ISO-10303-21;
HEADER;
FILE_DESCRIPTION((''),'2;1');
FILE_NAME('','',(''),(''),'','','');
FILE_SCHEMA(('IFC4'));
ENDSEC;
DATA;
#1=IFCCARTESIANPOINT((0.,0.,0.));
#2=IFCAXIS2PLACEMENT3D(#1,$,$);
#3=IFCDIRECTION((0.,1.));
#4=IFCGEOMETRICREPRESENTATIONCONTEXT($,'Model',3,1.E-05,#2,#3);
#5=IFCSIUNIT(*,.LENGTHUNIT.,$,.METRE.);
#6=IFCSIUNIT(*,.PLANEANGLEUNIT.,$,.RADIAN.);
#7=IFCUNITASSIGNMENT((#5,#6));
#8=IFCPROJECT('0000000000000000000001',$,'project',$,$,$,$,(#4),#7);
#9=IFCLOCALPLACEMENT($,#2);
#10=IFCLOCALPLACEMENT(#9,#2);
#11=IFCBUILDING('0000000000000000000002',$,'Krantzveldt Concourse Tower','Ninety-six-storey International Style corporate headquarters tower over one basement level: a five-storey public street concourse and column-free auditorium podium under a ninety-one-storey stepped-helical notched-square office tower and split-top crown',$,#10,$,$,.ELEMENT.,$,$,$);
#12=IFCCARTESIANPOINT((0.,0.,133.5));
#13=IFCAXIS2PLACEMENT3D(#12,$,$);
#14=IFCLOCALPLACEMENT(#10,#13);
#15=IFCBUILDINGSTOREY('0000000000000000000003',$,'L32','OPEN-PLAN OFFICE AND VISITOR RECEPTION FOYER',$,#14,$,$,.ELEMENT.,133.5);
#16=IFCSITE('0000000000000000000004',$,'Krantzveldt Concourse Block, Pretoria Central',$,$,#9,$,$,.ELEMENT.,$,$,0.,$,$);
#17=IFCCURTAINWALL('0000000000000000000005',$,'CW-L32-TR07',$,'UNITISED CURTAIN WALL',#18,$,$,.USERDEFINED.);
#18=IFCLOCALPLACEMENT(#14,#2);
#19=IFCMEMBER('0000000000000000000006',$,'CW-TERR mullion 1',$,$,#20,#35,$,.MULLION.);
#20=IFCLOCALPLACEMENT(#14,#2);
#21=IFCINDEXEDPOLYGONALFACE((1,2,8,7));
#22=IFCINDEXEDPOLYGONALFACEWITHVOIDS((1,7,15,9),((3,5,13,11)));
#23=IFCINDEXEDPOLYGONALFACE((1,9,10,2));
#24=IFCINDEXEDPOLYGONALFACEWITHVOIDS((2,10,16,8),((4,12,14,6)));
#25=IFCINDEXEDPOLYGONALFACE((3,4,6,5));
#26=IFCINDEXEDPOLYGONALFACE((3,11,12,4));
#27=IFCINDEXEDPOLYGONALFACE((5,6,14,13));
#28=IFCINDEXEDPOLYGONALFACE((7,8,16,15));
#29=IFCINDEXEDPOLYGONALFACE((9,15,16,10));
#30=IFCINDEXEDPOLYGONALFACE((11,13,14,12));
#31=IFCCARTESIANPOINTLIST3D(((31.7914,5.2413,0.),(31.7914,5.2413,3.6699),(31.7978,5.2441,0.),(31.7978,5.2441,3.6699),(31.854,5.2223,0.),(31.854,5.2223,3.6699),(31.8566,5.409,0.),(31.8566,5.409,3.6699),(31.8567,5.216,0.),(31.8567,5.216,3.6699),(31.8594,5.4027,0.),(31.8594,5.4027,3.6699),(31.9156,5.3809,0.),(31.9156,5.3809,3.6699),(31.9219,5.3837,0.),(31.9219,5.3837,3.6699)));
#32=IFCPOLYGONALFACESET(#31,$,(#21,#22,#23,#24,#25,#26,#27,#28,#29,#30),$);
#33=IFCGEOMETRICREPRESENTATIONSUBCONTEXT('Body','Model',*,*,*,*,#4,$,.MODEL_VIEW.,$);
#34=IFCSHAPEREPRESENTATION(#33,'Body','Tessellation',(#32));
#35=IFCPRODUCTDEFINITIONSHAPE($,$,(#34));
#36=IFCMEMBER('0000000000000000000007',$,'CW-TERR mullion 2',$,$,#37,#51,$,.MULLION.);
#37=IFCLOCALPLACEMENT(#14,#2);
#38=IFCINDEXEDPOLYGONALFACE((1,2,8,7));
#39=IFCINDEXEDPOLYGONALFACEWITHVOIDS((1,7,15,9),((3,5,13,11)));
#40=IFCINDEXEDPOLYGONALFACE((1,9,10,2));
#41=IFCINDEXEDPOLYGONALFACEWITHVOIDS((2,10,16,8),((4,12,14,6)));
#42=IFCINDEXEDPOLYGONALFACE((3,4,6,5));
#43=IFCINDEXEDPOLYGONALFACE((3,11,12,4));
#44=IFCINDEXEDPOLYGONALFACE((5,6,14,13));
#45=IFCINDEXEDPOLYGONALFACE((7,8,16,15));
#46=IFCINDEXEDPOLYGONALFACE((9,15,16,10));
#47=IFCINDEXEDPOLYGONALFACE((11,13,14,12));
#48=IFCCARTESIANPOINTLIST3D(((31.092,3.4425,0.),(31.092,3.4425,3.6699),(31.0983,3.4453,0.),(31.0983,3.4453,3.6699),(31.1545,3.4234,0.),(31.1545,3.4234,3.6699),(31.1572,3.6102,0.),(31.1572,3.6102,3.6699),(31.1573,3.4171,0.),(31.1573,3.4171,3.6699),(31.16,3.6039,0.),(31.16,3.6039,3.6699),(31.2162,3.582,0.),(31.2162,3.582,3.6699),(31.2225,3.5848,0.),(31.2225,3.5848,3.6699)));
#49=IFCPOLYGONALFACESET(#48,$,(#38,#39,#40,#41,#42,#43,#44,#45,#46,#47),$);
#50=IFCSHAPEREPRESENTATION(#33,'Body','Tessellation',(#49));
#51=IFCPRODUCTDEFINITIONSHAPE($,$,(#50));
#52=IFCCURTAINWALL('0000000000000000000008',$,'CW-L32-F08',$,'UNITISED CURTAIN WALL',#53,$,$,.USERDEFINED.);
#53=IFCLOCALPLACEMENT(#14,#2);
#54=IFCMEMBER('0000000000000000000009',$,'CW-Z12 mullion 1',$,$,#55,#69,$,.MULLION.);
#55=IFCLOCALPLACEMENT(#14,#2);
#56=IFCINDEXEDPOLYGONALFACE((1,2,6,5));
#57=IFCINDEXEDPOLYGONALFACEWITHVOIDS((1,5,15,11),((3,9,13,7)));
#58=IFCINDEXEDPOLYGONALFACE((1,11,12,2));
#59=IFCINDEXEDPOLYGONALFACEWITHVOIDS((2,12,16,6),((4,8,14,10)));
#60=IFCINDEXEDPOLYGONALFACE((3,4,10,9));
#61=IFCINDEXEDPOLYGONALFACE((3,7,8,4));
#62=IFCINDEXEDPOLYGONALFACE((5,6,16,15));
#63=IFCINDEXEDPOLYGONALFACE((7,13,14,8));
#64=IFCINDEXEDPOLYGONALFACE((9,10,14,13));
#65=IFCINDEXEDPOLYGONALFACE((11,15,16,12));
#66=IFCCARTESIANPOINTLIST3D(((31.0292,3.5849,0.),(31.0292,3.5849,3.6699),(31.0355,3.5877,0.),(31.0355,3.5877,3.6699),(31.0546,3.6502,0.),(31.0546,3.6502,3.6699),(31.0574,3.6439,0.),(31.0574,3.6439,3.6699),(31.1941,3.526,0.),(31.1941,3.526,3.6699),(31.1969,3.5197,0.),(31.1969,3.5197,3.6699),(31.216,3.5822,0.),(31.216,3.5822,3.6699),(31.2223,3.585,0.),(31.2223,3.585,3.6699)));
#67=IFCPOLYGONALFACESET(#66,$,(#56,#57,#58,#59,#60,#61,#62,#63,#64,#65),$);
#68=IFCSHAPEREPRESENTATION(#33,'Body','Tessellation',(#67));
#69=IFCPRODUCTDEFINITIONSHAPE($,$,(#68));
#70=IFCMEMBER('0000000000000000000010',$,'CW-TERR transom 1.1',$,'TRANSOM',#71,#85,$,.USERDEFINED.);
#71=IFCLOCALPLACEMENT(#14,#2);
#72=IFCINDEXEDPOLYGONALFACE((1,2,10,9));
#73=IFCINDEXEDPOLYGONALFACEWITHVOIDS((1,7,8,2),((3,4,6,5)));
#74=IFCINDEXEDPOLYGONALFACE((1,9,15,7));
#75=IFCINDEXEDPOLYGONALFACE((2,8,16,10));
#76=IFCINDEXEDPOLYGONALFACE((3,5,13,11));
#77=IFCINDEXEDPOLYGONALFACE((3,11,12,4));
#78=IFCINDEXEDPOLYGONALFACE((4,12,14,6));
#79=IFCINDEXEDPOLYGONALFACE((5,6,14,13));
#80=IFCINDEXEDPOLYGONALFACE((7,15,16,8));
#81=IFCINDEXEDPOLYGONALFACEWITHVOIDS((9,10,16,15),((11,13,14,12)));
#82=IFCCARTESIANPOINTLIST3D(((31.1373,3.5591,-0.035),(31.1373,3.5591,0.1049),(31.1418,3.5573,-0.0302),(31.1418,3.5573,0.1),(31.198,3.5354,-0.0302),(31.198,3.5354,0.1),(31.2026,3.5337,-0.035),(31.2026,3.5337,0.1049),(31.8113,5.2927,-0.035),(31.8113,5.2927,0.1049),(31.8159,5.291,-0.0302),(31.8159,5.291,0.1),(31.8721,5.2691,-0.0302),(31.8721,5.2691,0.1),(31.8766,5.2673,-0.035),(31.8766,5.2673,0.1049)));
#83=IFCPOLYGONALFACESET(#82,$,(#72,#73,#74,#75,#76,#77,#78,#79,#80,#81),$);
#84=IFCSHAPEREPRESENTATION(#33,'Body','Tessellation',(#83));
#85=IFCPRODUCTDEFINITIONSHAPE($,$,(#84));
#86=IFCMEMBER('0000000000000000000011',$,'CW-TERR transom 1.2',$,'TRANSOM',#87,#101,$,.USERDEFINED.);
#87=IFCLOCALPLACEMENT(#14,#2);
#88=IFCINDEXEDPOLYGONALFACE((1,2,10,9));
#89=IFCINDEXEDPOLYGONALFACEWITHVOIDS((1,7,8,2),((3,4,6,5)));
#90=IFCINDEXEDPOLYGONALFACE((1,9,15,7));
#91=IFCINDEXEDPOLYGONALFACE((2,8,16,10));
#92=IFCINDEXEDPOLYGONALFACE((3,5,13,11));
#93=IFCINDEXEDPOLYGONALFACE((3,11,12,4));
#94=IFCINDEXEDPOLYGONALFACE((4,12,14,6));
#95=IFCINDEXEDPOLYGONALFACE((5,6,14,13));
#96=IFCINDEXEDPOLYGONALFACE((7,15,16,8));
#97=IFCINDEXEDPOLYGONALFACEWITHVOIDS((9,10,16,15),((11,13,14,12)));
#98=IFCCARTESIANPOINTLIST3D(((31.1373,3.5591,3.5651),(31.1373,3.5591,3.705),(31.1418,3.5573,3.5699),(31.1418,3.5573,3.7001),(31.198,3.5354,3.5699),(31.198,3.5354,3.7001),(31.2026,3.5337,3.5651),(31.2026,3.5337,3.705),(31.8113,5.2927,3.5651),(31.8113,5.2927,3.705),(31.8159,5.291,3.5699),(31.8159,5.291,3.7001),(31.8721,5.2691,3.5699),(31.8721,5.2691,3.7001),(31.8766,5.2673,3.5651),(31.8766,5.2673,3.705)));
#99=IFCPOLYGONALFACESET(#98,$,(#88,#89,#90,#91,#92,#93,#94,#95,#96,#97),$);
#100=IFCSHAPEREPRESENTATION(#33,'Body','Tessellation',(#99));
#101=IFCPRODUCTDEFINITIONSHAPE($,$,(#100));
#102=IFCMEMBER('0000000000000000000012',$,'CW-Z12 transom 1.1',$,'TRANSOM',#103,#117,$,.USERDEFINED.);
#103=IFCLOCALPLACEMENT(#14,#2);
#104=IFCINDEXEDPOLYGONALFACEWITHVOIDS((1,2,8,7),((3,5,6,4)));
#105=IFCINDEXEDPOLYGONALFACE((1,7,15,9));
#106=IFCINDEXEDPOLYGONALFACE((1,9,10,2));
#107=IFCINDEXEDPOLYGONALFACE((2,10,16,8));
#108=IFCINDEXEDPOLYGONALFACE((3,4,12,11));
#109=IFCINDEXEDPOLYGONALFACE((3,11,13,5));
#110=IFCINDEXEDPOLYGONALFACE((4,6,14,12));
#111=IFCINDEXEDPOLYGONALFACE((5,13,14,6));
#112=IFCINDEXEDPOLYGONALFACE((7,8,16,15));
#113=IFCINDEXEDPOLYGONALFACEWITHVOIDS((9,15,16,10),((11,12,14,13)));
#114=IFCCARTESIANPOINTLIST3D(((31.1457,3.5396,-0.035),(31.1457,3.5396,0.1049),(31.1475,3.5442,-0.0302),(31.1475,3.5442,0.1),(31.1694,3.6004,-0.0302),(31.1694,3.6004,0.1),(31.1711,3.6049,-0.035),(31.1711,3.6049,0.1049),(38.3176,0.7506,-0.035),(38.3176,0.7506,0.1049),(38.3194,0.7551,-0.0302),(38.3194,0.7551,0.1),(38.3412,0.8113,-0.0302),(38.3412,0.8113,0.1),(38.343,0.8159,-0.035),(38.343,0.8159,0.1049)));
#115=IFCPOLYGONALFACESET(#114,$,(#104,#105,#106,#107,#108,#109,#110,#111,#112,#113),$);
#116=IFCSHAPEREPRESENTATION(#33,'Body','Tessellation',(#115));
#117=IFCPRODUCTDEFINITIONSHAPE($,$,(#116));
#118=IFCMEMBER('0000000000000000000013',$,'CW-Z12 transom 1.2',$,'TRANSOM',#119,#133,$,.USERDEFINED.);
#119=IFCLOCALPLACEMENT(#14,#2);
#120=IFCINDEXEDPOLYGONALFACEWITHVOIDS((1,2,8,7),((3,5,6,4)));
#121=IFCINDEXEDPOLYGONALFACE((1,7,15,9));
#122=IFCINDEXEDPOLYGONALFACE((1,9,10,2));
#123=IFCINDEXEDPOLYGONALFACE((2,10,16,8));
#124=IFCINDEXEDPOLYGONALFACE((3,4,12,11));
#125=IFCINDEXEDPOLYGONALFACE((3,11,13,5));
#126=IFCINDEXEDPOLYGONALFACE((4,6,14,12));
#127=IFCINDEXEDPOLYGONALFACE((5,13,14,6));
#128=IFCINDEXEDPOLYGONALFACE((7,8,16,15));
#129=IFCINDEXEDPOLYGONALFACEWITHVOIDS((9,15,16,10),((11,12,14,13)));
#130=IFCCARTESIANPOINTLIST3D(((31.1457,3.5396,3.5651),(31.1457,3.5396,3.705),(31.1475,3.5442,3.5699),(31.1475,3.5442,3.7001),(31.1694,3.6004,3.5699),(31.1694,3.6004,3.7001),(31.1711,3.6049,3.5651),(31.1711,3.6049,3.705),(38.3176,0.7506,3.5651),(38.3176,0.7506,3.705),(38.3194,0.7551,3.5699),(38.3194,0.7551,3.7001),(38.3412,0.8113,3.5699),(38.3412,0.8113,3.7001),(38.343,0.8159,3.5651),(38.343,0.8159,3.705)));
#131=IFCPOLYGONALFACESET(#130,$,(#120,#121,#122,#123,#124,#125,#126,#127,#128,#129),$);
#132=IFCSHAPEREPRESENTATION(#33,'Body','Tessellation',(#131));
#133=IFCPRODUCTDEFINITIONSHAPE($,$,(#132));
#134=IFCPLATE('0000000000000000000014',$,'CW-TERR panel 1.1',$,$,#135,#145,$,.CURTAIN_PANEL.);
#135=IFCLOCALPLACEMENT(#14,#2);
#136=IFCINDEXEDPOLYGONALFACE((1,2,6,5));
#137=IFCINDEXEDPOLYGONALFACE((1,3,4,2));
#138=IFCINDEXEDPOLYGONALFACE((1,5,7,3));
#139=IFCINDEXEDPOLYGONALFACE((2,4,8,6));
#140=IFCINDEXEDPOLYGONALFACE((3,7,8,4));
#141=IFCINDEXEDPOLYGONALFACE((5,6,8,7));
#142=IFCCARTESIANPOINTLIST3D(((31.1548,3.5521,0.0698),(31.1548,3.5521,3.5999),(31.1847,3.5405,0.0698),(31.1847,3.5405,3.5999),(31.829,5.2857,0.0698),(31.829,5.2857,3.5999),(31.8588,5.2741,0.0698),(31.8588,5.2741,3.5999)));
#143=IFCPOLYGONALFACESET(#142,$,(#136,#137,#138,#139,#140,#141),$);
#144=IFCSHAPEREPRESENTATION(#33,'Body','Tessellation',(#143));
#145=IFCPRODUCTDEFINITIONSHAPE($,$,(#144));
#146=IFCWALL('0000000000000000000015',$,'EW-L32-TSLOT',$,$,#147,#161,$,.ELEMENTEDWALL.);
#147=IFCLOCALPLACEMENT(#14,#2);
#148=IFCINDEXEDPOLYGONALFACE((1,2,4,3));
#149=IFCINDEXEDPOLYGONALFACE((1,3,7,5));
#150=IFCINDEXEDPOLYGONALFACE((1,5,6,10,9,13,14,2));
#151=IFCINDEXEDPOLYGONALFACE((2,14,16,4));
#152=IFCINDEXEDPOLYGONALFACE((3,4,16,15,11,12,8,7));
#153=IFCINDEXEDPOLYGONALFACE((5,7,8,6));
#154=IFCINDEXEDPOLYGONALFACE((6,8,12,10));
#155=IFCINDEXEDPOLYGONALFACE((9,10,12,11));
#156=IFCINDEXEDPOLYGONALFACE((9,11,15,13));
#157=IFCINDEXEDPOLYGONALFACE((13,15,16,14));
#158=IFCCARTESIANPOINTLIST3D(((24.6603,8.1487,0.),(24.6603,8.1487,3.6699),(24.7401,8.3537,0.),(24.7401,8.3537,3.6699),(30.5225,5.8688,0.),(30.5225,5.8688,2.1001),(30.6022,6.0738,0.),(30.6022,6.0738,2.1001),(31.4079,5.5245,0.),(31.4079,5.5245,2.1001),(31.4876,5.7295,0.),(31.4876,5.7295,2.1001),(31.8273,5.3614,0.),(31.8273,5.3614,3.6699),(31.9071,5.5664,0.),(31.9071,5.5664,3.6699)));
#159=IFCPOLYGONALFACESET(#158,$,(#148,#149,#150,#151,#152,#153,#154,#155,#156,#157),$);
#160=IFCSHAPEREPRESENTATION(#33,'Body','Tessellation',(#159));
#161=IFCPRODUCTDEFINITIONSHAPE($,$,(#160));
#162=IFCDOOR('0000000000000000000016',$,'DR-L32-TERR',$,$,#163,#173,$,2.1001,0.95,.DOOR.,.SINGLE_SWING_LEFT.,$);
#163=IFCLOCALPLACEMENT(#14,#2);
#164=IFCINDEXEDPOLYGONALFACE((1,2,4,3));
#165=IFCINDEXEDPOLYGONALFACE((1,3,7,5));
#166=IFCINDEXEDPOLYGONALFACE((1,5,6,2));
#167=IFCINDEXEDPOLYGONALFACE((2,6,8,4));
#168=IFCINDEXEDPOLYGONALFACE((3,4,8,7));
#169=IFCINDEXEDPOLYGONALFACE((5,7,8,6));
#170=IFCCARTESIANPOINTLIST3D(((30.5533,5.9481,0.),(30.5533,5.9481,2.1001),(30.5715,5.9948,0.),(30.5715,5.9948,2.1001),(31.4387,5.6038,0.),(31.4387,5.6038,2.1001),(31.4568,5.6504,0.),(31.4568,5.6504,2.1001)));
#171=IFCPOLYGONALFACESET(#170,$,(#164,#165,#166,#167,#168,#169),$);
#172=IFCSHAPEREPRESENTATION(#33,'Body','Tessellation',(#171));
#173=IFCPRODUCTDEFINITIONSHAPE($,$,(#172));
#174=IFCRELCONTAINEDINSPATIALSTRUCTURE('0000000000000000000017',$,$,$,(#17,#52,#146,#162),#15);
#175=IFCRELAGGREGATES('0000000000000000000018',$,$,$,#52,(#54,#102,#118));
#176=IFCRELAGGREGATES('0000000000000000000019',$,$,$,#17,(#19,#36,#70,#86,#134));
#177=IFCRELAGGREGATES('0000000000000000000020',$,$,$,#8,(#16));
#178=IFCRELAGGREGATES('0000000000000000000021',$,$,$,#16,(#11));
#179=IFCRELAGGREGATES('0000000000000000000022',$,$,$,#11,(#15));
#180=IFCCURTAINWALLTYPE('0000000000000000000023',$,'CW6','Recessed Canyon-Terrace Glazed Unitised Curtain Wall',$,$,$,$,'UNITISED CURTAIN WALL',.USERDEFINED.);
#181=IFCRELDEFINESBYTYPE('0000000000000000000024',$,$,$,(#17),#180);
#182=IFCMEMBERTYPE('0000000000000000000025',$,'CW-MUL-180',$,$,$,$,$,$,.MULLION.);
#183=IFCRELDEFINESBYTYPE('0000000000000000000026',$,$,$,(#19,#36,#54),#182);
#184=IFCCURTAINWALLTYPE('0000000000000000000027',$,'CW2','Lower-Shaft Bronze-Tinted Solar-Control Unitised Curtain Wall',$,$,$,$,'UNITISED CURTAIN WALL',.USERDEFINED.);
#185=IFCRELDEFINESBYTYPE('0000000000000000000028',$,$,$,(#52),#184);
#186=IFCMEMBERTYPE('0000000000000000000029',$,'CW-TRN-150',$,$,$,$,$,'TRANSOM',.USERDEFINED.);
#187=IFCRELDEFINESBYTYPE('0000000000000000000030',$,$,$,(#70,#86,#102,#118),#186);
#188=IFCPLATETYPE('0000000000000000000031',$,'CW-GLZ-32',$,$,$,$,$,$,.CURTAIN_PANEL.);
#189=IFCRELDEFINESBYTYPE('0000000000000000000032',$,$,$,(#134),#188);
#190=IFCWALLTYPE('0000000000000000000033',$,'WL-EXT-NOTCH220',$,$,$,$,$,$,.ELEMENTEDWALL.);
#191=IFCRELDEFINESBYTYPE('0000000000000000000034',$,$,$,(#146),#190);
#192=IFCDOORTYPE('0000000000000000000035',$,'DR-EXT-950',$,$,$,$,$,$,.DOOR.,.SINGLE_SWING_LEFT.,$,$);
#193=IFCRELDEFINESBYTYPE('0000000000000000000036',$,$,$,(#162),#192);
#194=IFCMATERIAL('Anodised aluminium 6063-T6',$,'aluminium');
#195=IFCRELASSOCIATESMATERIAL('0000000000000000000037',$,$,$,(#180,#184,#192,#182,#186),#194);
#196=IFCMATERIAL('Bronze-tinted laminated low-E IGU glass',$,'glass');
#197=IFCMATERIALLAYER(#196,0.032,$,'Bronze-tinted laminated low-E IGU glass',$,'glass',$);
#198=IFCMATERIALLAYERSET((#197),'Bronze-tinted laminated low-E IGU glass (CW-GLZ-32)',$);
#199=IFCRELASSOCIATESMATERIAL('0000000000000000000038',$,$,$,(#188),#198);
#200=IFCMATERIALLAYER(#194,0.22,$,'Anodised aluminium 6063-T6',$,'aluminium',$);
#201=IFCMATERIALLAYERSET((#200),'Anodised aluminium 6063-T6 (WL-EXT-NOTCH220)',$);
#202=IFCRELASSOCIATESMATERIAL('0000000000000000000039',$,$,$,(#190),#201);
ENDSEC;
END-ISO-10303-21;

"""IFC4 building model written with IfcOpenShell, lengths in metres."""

from ifc_helpers import new_model, si_unit, direction, frame, frame_2d, origin, origin_2d, place, context, subcontext, project, spatial, rectangle, hollow_rectangle, extrude, source, transform, mapped, material, layer, layer_set, material_profile, profile_set, type_object, type_shapes, element, fill, aggregate, save


model = new_model("IFC4")

# Units and contexts
model_context = context("Model", 3, precision=1e-05, world=origin(), true_north=direction((0.0, 1.0)))
body_context = subcontext(model_context, "Body", "Model", "MODEL_VIEW")
ifc_project = project(units=[si_unit("LENGTHUNIT", "METRE"), si_unit("PLANEANGLEUNIT", "RADIAN")], contexts=[model_context])

# Site, building, storey
site_placement = place(None, origin())
site = spatial("IfcSite", under=ifc_project, at=site_placement, Name="Krantzveldt Concourse Block, Pretoria Central", CompositionType="ELEMENT", RefElevation=0.0)
building_placement = place(site_placement, origin())
building = spatial("IfcBuilding", under=site, at=building_placement, Name="Krantzveldt Concourse Tower", Description="Ninety-six-storey International Style corporate headquarters tower over one basement level: a five-storey public street concourse and column-free auditorium podium under a ninety-one-storey stepped-helical notched-square office tower and split-top crown", CompositionType="ELEMENT")
storey_placement = place(building_placement, frame((0.0, 0.0, 133.5)))
storey = spatial("IfcBuildingStorey", under=building, at=storey_placement, Name="L32", Description="OPEN-PLAN OFFICE AND VISITOR RECEPTION FOYER", CompositionType="ELEMENT", Elevation=133.5)

# Curtain wall, members
ifc_material_1 = material(Name="Anodised aluminium 6063-T6", Category="aluminium")
curtain_wall_type_1 = type_object("IfcCurtainWallType", Name="CW6", Description="Recessed Canyon-Terrace Glazed Unitised Curtain Wall", ElementType="UNITISED CURTAIN WALL", PredefinedType="USERDEFINED", material=ifc_material_1)
curtain_wall_1_placement = place(storey_placement, origin())
curtain_wall_1 = element("IfcCurtainWall", 1, at=curtain_wall_1_placement, inside=storey, type_object=curtain_wall_type_1, Name="CW-L32-TR07", ObjectType="UNITISED CURTAIN WALL", PredefinedType="USERDEFINED")
ifc_material_profile_1 = material_profile(ifc_material_1, hollow_rectangle(XDim=0.0701, YDim=0.1799, WallThickness=0.0049, at=origin_2d()), Name="Anodised aluminium 6063-T6", Category="aluminium")
ifc_profile_set_1 = profile_set([ifc_material_profile_1], Name="Anodised aluminium 6063-T6 - ALU-MULL 180x70x5")
member_type_1 = type_object("IfcMemberType", Name="CW-MUL-180", PredefinedType="MULLION", material=ifc_profile_set_1)
shared_shape_1 = source(origin(), body_context, "Body", "SweptSolid", [
    extrude(hollow_rectangle(XDim=0.0701, YDim=0.1799, WallThickness=0.0049, at=origin_2d()), origin(), (0.0, 0.0, 1.0), 3.6699),
])
type_shapes(member_type_1, [shared_shape_1])
member_1_placement = place(storey_placement, frame((31.8567, 5.3125, 0.0), z_axis=(0.0, 0.0, 1.0), x_axis=(0.932007, -0.362439, 0.0)))
member_1 = element("IfcMember", 2, at=member_1_placement, type_object=member_type_1, Name="CW-TERR mullion 1", PredefinedType="MULLION", context=body_context, shape_type="MappedRepresentation", body=[
    mapped(shared_shape_1, transform((0.0, 0.0, 0.0), x_axis=(1.0, 0.0, 0.0), y_axis=(0.0, 1.0, 0.0), z_axis=(0.0, 0.0, 1.0), scale=1.0)),
])
member_2_placement = place(storey_placement, frame((31.1572, 3.5137, 0.0), z_axis=(0.0, 0.0, 1.0), x_axis=(0.932007, -0.362439, 0.0)))
member_2 = element("IfcMember", 3, at=member_2_placement, type_object=member_type_1, Name="CW-TERR mullion 2", PredefinedType="MULLION", context=body_context, shape_type="MappedRepresentation", body=[
    mapped(shared_shape_1, transform((0.0, 0.0, 0.0), x_axis=(1.0, 0.0, 0.0), y_axis=(0.0, 1.0, 0.0), z_axis=(0.0, 0.0, 1.0), scale=1.0)),
])

# Curtain wall, member
curtain_wall_type_2 = type_object("IfcCurtainWallType", Name="CW2", Description="Lower-Shaft Bronze-Tinted Solar-Control Unitised Curtain Wall", ElementType="UNITISED CURTAIN WALL", PredefinedType="USERDEFINED", material=ifc_material_1)
curtain_wall_2_placement = place(storey_placement, origin())
curtain_wall_2 = element("IfcCurtainWall", 4, at=curtain_wall_2_placement, inside=storey, type_object=curtain_wall_type_2, Name="CW-L32-F08", ObjectType="UNITISED CURTAIN WALL", PredefinedType="USERDEFINED")
member_3_placement = place(storey_placement, frame((31.1257, 3.585, 0.0), z_axis=(0.0, 0.0, 1.0), x_axis=(0.362438, 0.932008, 0.0)))
member_3 = element("IfcMember", 5, at=member_3_placement, type_object=member_type_1, Name="CW-Z12 mullion 1", PredefinedType="MULLION", context=body_context, shape_type="MappedRepresentation", body=[
    mapped(shared_shape_1, transform((0.0, 0.0, 0.0), x_axis=(1.0, 0.0, 0.0), y_axis=(0.0, 1.0, 0.0), z_axis=(0.0, 0.0, 1.0), scale=1.0)),
])

# Members
ifc_material_profile_2 = material_profile(ifc_material_1, hollow_rectangle(XDim=0.0701, YDim=0.1399, WallThickness=0.0049, at=origin_2d()), Name="Anodised aluminium 6063-T6", Category="aluminium")
ifc_profile_set_2 = profile_set([ifc_material_profile_2], Name="Anodised aluminium 6063-T6 - ALU-TRAN 140x70x5")
member_type_2 = type_object("IfcMemberType", Name="CW-TRN-150", ElementType="TRANSOM", PredefinedType="USERDEFINED", material=ifc_profile_set_2)
shared_shape_2 = source(origin(), body_context, "Body", "SweptSolid", [
    extrude(hollow_rectangle(XDim=0.0701, YDim=0.1399, WallThickness=0.0049, at=origin_2d()), origin(), (0.0, 0.0, 1.0), 1.8601),
])
member_4_placement = place(storey_placement, frame((31.844, 5.28, 0.0349), z_axis=(-0.362389, -0.932027, 0.0), x_axis=(0.932027, -0.362389, 0.0)))
member_4 = element("IfcMember", 6, at=member_4_placement, type_object=member_type_2, Name="CW-TERR transom 1.1", ObjectType="TRANSOM", PredefinedType="USERDEFINED", context=body_context, shape_type="MappedRepresentation", body=[
    mapped(shared_shape_2, transform((0.0, 0.0, 0.0), x_axis=(1.0, 0.0, 0.0), y_axis=(0.0, 1.0, 0.0), z_axis=(0.0, 0.0, 1.0), scale=1.0)),
])
member_5_placement = place(storey_placement, frame((31.844, 5.28, 3.635), z_axis=(-0.362389, -0.932027, 0.0), x_axis=(0.932027, -0.362389, 0.0)))
member_5 = element("IfcMember", 7, at=member_5_placement, type_object=member_type_2, Name="CW-TERR transom 1.2", ObjectType="TRANSOM", PredefinedType="USERDEFINED", context=body_context, shape_type="MappedRepresentation", body=[
    mapped(shared_shape_2, transform((0.0, 0.0, 0.0), x_axis=(1.0, 0.0, 0.0), y_axis=(0.0, 1.0, 0.0), z_axis=(0.0, 0.0, 1.0), scale=1.0)),
])
shared_shape_3 = source(origin(), body_context, "Body", "SweptSolid", [
    extrude(hollow_rectangle(XDim=0.0701, YDim=0.1399, WallThickness=0.0049, at=origin_2d()), origin(), (0.0, 0.0, 1.0), 7.6951),
])
type_shapes(member_type_2, [shared_shape_2, shared_shape_3])
member_6_placement = place(storey_placement, frame((31.1584, 3.5723, 0.0349), z_axis=(0.932005, -0.362446, 0.0), x_axis=(0.362446, 0.932005, 0.0)))
member_6 = element("IfcMember", 8, at=member_6_placement, type_object=member_type_2, Name="CW-Z12 transom 1.1", ObjectType="TRANSOM", PredefinedType="USERDEFINED", context=body_context, shape_type="MappedRepresentation", body=[
    mapped(shared_shape_3, transform((0.0, 0.0, 0.0), x_axis=(1.0, 0.0, 0.0), y_axis=(0.0, 1.0, 0.0), z_axis=(0.0, 0.0, 1.0), scale=1.0)),
])
member_7_placement = place(storey_placement, frame((31.1584, 3.5723, 3.635), z_axis=(0.932005, -0.362446, 0.0), x_axis=(0.362446, 0.932005, 0.0)))
member_7 = element("IfcMember", 9, at=member_7_placement, type_object=member_type_2, Name="CW-Z12 transom 1.2", ObjectType="TRANSOM", PredefinedType="USERDEFINED", context=body_context, shape_type="MappedRepresentation", body=[
    mapped(shared_shape_3, transform((0.0, 0.0, 0.0), x_axis=(1.0, 0.0, 0.0), y_axis=(0.0, 1.0, 0.0), z_axis=(0.0, 0.0, 1.0), scale=1.0)),
])
aggregate(curtain_wall_2, [member_3, member_6, member_7])

# Plate
ifc_material_2 = material(Name="Bronze-tinted laminated low-E IGU glass", Category="glass")
ifc_layer_1 = layer(ifc_material_2, 0.032, Name="Bronze-tinted laminated low-E IGU glass", Category="glass")
ifc_layer_set_1 = layer_set([ifc_layer_1], Name="Bronze-tinted laminated low-E IGU glass (CW-GLZ-32)")
plate_type = type_object("IfcPlateType", Name="CW-GLZ-32", PredefinedType="CURTAIN_PANEL", material=ifc_layer_set_1)
shared_shape_4 = source(origin(), body_context, "Body", "SweptSolid", [
    extrude(rectangle(XDim=1.8601, YDim=0.032, at=origin_2d()), origin(), (0.0, 0.0, 1.0), 3.53),
])
type_shapes(plate_type, [shared_shape_4])
plate_placement = place(storey_placement, frame((31.5068, 4.4131, 0.0698), z_axis=(0.0, 0.0, 1.0), x_axis=(-0.362439, -0.932007, 0.0)))
plate = element("IfcPlate", 10, at=plate_placement, type_object=plate_type, Name="CW-TERR panel 1.1", PredefinedType="CURTAIN_PANEL", context=body_context, shape_type="MappedRepresentation", body=[
    mapped(shared_shape_4, transform((0.0, 0.0, 0.0), x_axis=(1.0, 0.0, 0.0), y_axis=(0.0, 1.0, 0.0), z_axis=(0.0, 0.0, 1.0), scale=1.0)),
])
aggregate(curtain_wall_1, [member_1, member_2, member_4, member_5, plate])

# Wall, opening, door
ifc_layer_2 = layer(ifc_material_1, 0.22, Name="Anodised aluminium 6063-T6", Category="aluminium")
ifc_layer_set_2 = layer_set([ifc_layer_2], Name="Anodised aluminium 6063-T6 (WL-EXT-NOTCH220)")
wall_type_1 = type_object("IfcWallType", Name="WL-EXT-NOTCH220", PredefinedType="ELEMENTEDWALL", material=ifc_layer_set_2)
wall_1_placement = place(storey_placement, frame((31.8672, 5.4639, 0.0), z_axis=(0.0, 0.0, 1.0), x_axis=(-0.931996, 0.362468, 0.0)))
wall_1 = element("IfcWall", 11, at=wall_1_placement, inside=storey, type_object=wall_type_1, Name="EW-L32-TSLOT", PredefinedType="ELEMENTEDWALL", context=body_context, shape_type="SweptSolid", body=[
    extrude(rectangle(XDim=7.6899, YDim=0.22, at=frame_2d((3.845, 0.0))), origin(), (0.0, 0.0, 1.0), 3.6699),
])
opening_1_placement = place(wall_1_placement, frame((0.45, 0.0, 0.0)))
opening_1 = element("IfcOpeningElement", 12, at=opening_1_placement, cuts=wall_1, PredefinedType="OPENING", context=body_context, shape_type="SweptSolid", body=[
    extrude(rectangle(XDim=0.95, YDim=2.1001, at=frame_2d((0.4751, 1.05))), frame((0.0, 0.1201, 0.0), z_axis=(0.0, -1.0, 0.0), x_axis=(1.0, 0.0, 0.0)), (0.0, 0.0, 1.0), 0.24),
])
door_type_1 = type_object("IfcDoorType", Name="DR-EXT-950", OperationType="SINGLE_SWING_LEFT", PredefinedType="DOOR", material=ifc_material_1)
door_1_placement = place(opening_1_placement, origin())
door_1 = element("IfcDoor", 13, at=door_1_placement, inside=storey, type_object=door_type_1, Name="DR-L32-TERR", OperationType="SINGLE_SWING_LEFT", OverallHeight=2.1001, OverallWidth=0.95, PredefinedType="DOOR", context=body_context, shape_type="SweptSolid", body=[
    extrude(rectangle(XDim=0.95, YDim=2.1001, at=frame_2d((0.4751, 1.05))), frame((0.0, 0.0249, 0.0), z_axis=(0.0, -1.0, 0.0), x_axis=(1.0, 0.0, 0.0)), (0.0, 0.0, 1.0), 0.05),
])
fill(opening_1, door_1)

save(model, "model.ifc")
